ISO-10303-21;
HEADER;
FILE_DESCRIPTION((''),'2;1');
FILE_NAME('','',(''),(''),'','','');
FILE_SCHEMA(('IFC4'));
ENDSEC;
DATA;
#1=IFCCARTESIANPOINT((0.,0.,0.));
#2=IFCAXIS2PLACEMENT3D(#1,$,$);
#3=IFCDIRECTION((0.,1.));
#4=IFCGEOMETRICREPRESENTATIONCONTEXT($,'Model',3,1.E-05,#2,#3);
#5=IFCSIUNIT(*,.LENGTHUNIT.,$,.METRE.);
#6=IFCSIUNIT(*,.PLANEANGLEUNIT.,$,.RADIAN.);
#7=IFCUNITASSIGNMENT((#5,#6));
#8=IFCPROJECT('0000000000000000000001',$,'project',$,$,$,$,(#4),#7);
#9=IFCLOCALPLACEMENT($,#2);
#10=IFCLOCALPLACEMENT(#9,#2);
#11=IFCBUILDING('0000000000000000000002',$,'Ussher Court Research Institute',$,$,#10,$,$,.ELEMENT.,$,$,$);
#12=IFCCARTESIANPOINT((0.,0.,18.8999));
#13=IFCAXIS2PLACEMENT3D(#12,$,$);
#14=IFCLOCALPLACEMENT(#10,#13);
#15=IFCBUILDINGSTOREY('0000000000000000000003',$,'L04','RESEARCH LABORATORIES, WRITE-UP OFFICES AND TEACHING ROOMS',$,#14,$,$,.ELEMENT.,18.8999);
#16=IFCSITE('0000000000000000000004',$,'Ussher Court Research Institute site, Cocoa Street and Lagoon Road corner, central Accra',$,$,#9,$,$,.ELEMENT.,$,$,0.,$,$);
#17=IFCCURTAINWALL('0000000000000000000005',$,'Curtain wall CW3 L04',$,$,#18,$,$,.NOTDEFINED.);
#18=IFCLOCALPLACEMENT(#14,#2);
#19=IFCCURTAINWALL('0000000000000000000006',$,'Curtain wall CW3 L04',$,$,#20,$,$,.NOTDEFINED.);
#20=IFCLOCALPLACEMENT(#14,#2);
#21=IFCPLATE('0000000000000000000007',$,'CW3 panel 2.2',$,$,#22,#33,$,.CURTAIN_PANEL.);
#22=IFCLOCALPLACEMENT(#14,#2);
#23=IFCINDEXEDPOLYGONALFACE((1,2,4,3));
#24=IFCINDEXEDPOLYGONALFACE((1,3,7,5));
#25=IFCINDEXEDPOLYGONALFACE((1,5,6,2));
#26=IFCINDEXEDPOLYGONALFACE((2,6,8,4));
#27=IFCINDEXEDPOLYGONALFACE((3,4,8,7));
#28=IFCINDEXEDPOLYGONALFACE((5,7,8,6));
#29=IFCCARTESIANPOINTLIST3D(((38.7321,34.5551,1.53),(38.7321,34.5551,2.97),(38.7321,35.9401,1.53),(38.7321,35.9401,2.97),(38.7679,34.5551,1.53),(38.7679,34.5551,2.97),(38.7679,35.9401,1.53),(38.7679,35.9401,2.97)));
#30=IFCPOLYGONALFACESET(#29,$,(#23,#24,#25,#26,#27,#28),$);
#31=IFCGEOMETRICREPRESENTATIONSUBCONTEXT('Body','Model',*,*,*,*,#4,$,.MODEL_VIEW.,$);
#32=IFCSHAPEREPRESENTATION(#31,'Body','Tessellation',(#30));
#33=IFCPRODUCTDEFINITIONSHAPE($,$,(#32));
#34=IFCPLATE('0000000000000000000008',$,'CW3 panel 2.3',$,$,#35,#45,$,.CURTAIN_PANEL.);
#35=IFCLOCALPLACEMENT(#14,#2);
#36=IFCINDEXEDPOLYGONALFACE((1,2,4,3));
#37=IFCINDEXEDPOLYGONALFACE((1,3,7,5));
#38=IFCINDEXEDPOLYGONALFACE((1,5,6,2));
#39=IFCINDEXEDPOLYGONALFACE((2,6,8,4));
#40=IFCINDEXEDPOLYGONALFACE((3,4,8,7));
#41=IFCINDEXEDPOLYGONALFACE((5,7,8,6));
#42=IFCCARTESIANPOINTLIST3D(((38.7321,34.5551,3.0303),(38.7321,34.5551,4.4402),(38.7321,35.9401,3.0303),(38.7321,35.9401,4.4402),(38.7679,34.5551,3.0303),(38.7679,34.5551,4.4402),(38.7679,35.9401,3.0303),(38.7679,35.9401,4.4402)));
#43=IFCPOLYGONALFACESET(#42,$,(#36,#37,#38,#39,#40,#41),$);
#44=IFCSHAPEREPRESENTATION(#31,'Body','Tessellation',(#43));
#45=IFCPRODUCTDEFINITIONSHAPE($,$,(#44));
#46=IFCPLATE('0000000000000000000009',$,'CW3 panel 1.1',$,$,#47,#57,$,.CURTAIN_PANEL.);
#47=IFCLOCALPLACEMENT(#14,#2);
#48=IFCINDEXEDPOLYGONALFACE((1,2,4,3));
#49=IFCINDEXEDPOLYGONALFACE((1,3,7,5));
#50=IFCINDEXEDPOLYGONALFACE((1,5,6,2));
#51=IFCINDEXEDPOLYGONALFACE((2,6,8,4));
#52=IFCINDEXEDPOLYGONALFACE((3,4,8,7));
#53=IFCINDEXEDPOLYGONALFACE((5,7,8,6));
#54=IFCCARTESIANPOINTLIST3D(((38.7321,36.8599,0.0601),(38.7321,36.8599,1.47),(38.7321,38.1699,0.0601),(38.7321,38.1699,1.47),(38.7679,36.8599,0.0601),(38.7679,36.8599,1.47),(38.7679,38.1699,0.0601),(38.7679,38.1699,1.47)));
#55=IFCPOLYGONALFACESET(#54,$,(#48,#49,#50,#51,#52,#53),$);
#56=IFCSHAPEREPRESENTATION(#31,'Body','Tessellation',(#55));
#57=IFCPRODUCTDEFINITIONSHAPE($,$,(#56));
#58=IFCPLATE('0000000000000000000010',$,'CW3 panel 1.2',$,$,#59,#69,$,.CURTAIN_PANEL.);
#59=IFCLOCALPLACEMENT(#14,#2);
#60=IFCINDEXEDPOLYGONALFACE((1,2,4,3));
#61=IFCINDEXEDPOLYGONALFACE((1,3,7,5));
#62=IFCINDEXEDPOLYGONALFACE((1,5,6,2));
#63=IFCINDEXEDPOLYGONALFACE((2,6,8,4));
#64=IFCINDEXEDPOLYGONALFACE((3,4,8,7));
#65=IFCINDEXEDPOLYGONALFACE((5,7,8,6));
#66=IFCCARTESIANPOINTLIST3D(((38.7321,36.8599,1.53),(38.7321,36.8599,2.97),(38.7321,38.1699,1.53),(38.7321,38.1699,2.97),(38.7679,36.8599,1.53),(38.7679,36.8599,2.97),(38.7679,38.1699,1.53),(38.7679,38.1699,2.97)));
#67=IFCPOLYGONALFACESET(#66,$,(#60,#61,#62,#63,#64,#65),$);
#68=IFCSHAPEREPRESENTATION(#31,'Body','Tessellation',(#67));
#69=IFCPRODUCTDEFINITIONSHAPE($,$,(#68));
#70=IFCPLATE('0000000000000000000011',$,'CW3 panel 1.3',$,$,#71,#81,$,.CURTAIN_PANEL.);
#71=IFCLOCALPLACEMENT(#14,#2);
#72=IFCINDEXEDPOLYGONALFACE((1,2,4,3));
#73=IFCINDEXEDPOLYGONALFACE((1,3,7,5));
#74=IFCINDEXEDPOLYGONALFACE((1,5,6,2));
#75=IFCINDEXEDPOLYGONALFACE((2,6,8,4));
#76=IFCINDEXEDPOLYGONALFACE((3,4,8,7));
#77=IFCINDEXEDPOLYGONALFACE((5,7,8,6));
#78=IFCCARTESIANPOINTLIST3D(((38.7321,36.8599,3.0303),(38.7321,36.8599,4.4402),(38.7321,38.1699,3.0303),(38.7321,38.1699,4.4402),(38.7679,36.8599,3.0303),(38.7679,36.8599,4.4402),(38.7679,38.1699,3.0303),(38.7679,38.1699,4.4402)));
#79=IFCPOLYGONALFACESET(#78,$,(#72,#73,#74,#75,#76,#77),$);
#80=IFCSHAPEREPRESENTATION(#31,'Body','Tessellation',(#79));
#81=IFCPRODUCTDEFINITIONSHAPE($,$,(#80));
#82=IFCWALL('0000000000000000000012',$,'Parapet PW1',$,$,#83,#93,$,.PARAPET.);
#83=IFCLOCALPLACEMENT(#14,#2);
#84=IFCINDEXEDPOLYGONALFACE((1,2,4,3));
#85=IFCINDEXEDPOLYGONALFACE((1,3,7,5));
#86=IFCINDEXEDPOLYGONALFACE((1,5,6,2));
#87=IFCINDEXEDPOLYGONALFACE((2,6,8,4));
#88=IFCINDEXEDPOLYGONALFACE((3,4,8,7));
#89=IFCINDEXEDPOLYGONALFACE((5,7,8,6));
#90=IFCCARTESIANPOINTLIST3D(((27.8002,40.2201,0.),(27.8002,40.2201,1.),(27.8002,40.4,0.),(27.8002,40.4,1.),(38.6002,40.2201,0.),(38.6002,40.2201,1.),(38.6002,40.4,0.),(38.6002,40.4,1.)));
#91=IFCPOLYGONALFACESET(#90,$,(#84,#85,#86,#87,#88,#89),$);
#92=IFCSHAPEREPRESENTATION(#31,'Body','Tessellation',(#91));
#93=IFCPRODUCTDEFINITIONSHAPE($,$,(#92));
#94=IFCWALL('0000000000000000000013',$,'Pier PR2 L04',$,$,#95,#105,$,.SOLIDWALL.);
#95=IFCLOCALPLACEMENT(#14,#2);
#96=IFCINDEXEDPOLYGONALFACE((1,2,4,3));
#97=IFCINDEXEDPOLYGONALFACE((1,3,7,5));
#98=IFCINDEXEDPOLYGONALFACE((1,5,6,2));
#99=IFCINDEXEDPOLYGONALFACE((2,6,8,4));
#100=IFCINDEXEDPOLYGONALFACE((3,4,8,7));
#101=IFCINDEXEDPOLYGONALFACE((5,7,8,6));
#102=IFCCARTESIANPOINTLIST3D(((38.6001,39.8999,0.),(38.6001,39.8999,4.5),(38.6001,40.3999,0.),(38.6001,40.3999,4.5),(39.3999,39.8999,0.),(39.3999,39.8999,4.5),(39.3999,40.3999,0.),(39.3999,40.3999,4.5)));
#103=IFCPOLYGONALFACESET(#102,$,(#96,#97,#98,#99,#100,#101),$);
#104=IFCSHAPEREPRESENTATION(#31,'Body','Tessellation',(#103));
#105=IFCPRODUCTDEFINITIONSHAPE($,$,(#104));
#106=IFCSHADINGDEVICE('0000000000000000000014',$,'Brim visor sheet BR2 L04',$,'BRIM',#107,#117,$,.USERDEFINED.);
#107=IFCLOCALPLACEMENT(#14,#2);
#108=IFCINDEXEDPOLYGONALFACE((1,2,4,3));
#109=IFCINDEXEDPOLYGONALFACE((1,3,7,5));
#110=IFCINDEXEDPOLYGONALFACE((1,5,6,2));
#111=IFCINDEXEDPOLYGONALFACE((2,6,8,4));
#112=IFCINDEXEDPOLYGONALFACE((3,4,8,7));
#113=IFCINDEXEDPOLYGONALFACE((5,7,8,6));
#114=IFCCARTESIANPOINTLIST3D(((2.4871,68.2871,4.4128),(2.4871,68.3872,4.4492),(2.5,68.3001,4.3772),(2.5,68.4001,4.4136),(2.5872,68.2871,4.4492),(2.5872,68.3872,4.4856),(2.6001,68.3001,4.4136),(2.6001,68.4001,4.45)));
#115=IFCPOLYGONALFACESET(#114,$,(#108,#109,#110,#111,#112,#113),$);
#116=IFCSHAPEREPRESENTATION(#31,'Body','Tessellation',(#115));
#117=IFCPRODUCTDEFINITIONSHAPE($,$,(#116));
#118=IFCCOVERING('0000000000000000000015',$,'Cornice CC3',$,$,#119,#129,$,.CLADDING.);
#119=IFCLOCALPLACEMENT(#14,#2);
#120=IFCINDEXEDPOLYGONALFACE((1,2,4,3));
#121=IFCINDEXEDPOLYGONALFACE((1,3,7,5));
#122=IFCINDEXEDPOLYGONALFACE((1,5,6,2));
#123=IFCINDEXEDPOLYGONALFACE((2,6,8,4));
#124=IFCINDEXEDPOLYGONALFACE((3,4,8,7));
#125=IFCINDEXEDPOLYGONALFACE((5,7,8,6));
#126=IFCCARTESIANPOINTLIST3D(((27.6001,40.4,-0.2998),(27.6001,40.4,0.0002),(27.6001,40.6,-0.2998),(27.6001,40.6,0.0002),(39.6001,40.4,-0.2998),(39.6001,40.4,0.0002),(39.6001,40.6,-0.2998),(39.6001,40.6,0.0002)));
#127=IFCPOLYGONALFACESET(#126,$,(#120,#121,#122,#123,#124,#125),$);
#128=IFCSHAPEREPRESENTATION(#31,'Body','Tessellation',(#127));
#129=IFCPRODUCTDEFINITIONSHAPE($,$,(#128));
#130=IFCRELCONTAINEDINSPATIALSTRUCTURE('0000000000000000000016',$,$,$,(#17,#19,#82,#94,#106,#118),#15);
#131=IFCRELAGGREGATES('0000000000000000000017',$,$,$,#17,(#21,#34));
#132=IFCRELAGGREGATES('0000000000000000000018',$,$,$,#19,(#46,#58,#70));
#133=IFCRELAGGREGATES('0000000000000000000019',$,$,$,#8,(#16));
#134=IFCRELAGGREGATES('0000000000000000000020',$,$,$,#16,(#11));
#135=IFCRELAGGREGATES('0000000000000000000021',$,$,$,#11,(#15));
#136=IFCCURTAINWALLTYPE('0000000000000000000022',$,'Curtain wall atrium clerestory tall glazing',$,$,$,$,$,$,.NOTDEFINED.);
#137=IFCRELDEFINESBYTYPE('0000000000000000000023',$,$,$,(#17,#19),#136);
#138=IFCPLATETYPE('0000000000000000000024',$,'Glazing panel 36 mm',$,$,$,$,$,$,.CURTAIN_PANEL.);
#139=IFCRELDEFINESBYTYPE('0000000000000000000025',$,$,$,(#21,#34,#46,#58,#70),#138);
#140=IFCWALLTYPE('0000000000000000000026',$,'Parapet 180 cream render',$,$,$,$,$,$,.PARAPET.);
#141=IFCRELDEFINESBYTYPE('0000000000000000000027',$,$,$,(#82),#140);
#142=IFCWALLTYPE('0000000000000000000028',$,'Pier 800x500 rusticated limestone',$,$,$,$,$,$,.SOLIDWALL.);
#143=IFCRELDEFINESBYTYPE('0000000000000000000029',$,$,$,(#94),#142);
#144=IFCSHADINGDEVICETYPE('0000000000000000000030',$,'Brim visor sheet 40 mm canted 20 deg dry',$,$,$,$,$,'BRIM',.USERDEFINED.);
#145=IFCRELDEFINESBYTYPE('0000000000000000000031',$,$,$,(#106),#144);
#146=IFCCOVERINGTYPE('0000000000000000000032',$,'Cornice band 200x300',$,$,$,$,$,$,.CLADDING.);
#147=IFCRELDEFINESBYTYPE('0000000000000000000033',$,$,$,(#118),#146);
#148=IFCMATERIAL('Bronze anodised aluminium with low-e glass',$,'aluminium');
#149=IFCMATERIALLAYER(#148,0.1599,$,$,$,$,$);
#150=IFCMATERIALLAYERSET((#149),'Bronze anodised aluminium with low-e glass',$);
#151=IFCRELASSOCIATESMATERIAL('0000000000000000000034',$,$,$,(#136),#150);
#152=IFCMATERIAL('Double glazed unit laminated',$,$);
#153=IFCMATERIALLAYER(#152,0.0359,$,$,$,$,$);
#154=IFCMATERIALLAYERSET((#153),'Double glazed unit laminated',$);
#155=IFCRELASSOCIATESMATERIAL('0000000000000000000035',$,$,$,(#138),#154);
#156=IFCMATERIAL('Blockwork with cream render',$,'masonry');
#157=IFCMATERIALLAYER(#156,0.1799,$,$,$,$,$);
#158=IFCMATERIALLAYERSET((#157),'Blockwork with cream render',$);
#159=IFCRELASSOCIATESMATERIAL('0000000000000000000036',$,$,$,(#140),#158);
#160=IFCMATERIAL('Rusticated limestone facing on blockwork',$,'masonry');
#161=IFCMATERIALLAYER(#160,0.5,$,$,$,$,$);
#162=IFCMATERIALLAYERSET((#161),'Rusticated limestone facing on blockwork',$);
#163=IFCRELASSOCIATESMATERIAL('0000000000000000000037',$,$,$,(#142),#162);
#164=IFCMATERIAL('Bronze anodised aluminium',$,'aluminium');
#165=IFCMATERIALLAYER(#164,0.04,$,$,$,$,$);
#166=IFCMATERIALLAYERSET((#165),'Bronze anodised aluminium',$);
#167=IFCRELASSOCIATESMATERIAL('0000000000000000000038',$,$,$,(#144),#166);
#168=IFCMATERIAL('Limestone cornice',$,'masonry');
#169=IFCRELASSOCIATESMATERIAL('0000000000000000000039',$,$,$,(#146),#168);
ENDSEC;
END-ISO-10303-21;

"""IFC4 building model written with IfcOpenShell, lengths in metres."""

from ifc_helpers import new_model, si_unit, direction, frame, frame_2d, origin, origin_2d, place, context, subcontext, project, spatial, polyline, rectangle, outline, extrude, material, layer, layer_set, type_object, element, aggregate, save


model = new_model("IFC4")

# Units and contexts
model_context = context("Model", 3, precision=1e-05, world=origin(), true_north=direction((0.0, 1.0)))
body_context = subcontext(model_context, "Body", "Model", "MODEL_VIEW")
ifc_project = project(units=[si_unit("LENGTHUNIT", "METRE"), si_unit("PLANEANGLEUNIT", "RADIAN")], contexts=[model_context])

# Site, building, storey
site_placement = place(None, origin())
site = spatial("IfcSite", under=ifc_project, at=site_placement, Name="Ussher Court Research Institute site, Cocoa Street and Lagoon Road corner, central Accra", CompositionType="ELEMENT", RefElevation=0.0)
building_placement = place(site_placement, origin())
building = spatial("IfcBuilding", under=site, at=building_placement, Name="Ussher Court Research Institute", CompositionType="ELEMENT")
storey_placement = place(building_placement, frame((0.0, 0.0, 18.8999)))
storey = spatial("IfcBuildingStorey", under=building, at=storey_placement, Name="L04", Description="RESEARCH LABORATORIES, WRITE-UP OFFICES AND TEACHING ROOMS", CompositionType="ELEMENT", Elevation=18.8999)

# Curtain wall
ifc_material_1 = material(Name="Bronze anodised aluminium with low-e glass", Category="aluminium")
ifc_layer_1 = layer(ifc_material_1, 0.1599)
ifc_layer_set_1 = layer_set([ifc_layer_1], Name="Bronze anodised aluminium with low-e glass")
curtain_wall_type = type_object("IfcCurtainWallType", Name="Curtain wall atrium clerestory tall glazing", PredefinedType="NOTDEFINED", material=ifc_layer_set_1)
curtain_wall_1_placement = place(storey_placement, origin())
curtain_wall_1 = element("IfcCurtainWall", 1, at=curtain_wall_1_placement, inside=storey, type_object=curtain_wall_type, Name="Curtain wall CW3 L04", PredefinedType="NOTDEFINED")

# Curtain wall
curtain_wall_2_placement = place(storey_placement, origin())
curtain_wall_2 = element("IfcCurtainWall", 2, at=curtain_wall_2_placement, inside=storey, type_object=curtain_wall_type, Name="Curtain wall CW3 L04", PredefinedType="NOTDEFINED")

# Plates
ifc_material_2 = material(Name="Double glazed unit laminated")
ifc_layer_2 = layer(ifc_material_2, 0.0359)
ifc_layer_set_2 = layer_set([ifc_layer_2], Name="Double glazed unit laminated")
plate_type = type_object("IfcPlateType", Name="Glazing panel 36 mm", PredefinedType="CURTAIN_PANEL", material=ifc_layer_set_2)
plate_1_placement = place(storey_placement, frame((38.75, 35.2476, 1.53), z_axis=(0.0, 0.0, 1.0), x_axis=(0.0, 1.0, 0.0)))
plate_1 = element("IfcPlate", 3, at=plate_1_placement, type_object=plate_type, Name="CW3 panel 2.2", PredefinedType="CURTAIN_PANEL", context=body_context, shape_type="SweptSolid", body=[
    extrude(rectangle(XDim=1.385, YDim=0.0359, at=origin_2d()), origin(), (0.0, 0.0, 1.0), 1.4399),
])
plate_2_placement = place(storey_placement, frame((38.75, 35.2476, 3.0303), z_axis=(0.0, 0.0, 1.0), x_axis=(0.0, 1.0, 0.0)))
plate_2 = element("IfcPlate", 4, at=plate_2_placement, type_object=plate_type, Name="CW3 panel 2.3", PredefinedType="CURTAIN_PANEL", context=body_context, shape_type="SweptSolid", body=[
    extrude(rectangle(XDim=1.385, YDim=0.0359, at=origin_2d()), origin(), (0.0, 0.0, 1.0), 1.4099),
])
aggregate(curtain_wall_1, [plate_1, plate_2])
plate_3_placement = place(storey_placement, frame((38.75, 37.5149, 0.0601), z_axis=(0.0, 0.0, 1.0), x_axis=(0.0, 1.0, 0.0)))
plate_3 = element("IfcPlate", 5, at=plate_3_placement, type_object=plate_type, Name="CW3 panel 1.1", PredefinedType="CURTAIN_PANEL", context=body_context, shape_type="SweptSolid", body=[
    extrude(rectangle(XDim=1.3101, YDim=0.0359, at=origin_2d()), origin(), (0.0, 0.0, 1.0), 1.4099),
])
plate_4_placement = place(storey_placement, frame((38.75, 37.5149, 1.53), z_axis=(0.0, 0.0, 1.0), x_axis=(0.0, 1.0, 0.0)))
plate_4 = element("IfcPlate", 6, at=plate_4_placement, type_object=plate_type, Name="CW3 panel 1.2", PredefinedType="CURTAIN_PANEL", context=body_context, shape_type="SweptSolid", body=[
    extrude(rectangle(XDim=1.3101, YDim=0.0359, at=origin_2d()), origin(), (0.0, 0.0, 1.0), 1.4399),
])
plate_5_placement = place(storey_placement, frame((38.75, 37.5149, 3.0303), z_axis=(0.0, 0.0, 1.0), x_axis=(0.0, 1.0, 0.0)))
plate_5 = element("IfcPlate", 7, at=plate_5_placement, type_object=plate_type, Name="CW3 panel 1.3", PredefinedType="CURTAIN_PANEL", context=body_context, shape_type="SweptSolid", body=[
    extrude(rectangle(XDim=1.3101, YDim=0.0359, at=origin_2d()), origin(), (0.0, 0.0, 1.0), 1.4099),
])
aggregate(curtain_wall_2, [plate_3, plate_4, plate_5])

# Walls
ifc_material_3 = material(Name="Blockwork with cream render", Category="masonry")
ifc_layer_3 = layer(ifc_material_3, 0.1799)
ifc_layer_set_3 = layer_set([ifc_layer_3], Name="Blockwork with cream render")
wall_type_1 = type_object("IfcWallType", Name="Parapet 180 cream render", PredefinedType="PARAPET", material=ifc_layer_set_3)
wall_1_placement = place(storey_placement, frame((38.6001, 40.3101, 0.0), z_axis=(0.0, 0.0, 1.0), x_axis=(-1.0, 0.0, 0.0)))
element("IfcWall", 8, at=wall_1_placement, inside=storey, type_object=wall_type_1, Name="Parapet PW1", PredefinedType="PARAPET", context=body_context, shape_type="SweptSolid", body=[
    extrude(rectangle(XDim=10.8, YDim=0.1799, at=frame_2d((5.3999, 0.0))), origin(), (0.0, 0.0, 1.0), 1.0),
])
ifc_material_4 = material(Name="Rusticated limestone facing on blockwork", Category="masonry")
ifc_layer_4 = layer(ifc_material_4, 0.5)
ifc_layer_set_4 = layer_set([ifc_layer_4], Name="Rusticated limestone facing on blockwork")
wall_type_2 = type_object("IfcWallType", Name="Pier 800x500 rusticated limestone", PredefinedType="SOLIDWALL", material=ifc_layer_set_4)
wall_2_placement = place(storey_placement, frame((38.6001, 40.1499, 0.0), z_axis=(0.0, 0.0, 1.0), x_axis=(1.0, 0.0, 0.0)))
element("IfcWall", 9, at=wall_2_placement, inside=storey, type_object=wall_type_2, Name="Pier PR2 L04", PredefinedType="SOLIDWALL", context=body_context, shape_type="SweptSolid", body=[
    extrude(rectangle(XDim=0.7998, YDim=0.5, at=frame_2d((0.3999, 0.0))), origin(), (0.0, 0.0, 1.0), 4.5),
])

# Shading device
ifc_material_5 = material(Name="Bronze anodised aluminium", Category="aluminium")
ifc_layer_5 = layer(ifc_material_5, 0.04)
ifc_layer_set_5 = layer_set([ifc_layer_5], Name="Bronze anodised aluminium")
shading_device_type = type_object("IfcShadingDeviceType", Name="Brim visor sheet 40 mm canted 20 deg dry", ElementType="BRIM", PredefinedType="USERDEFINED", material=ifc_layer_set_5)
shading_device_1_placement = place(storey_placement, frame((2.5872, 68.3872, 4.4856), z_axis=(-0.323225, -0.323225, 0.889411), x_axis=(-0.93986, 0.0, -0.341559)))
element("IfcShadingDevice", 10, at=shading_device_1_placement, inside=storey, type_object=shading_device_type, Name="Brim visor sheet BR2 L04", ObjectType="BRIM", PredefinedType="USERDEFINED", context=body_context, shape_type="SweptSolid", body=[
    extrude(outline(polyline([(0.0, 0.0), (0.1065, 0.0), (0.1189, 0.1058), (0.0124, 0.1058), (0.0, 0.0)])), origin(), (0.0, 0.0, -1.0), 0.04),
])

# Covering
ifc_material_6 = material(Name="Limestone cornice", Category="masonry")
covering_type = type_object("IfcCoveringType", Name="Cornice band 200x300", PredefinedType="CLADDING", material=ifc_material_6)
covering_placement = place(storey_placement, frame((33.6001, 40.5, -0.2998), z_axis=(0.0, 0.0, 1.0), x_axis=(-1.0, 0.0, 0.0)))
element("IfcCovering", 11, at=covering_placement, inside=storey, type_object=covering_type, Name="Cornice CC3", PredefinedType="CLADDING", context=body_context, shape_type="SweptSolid", body=[
    extrude(rectangle(XDim=12.0, YDim=0.2, at=origin_2d()), origin(), (0.0, 0.0, 1.0), 0.3),
])

save(model, "model.ifc")
